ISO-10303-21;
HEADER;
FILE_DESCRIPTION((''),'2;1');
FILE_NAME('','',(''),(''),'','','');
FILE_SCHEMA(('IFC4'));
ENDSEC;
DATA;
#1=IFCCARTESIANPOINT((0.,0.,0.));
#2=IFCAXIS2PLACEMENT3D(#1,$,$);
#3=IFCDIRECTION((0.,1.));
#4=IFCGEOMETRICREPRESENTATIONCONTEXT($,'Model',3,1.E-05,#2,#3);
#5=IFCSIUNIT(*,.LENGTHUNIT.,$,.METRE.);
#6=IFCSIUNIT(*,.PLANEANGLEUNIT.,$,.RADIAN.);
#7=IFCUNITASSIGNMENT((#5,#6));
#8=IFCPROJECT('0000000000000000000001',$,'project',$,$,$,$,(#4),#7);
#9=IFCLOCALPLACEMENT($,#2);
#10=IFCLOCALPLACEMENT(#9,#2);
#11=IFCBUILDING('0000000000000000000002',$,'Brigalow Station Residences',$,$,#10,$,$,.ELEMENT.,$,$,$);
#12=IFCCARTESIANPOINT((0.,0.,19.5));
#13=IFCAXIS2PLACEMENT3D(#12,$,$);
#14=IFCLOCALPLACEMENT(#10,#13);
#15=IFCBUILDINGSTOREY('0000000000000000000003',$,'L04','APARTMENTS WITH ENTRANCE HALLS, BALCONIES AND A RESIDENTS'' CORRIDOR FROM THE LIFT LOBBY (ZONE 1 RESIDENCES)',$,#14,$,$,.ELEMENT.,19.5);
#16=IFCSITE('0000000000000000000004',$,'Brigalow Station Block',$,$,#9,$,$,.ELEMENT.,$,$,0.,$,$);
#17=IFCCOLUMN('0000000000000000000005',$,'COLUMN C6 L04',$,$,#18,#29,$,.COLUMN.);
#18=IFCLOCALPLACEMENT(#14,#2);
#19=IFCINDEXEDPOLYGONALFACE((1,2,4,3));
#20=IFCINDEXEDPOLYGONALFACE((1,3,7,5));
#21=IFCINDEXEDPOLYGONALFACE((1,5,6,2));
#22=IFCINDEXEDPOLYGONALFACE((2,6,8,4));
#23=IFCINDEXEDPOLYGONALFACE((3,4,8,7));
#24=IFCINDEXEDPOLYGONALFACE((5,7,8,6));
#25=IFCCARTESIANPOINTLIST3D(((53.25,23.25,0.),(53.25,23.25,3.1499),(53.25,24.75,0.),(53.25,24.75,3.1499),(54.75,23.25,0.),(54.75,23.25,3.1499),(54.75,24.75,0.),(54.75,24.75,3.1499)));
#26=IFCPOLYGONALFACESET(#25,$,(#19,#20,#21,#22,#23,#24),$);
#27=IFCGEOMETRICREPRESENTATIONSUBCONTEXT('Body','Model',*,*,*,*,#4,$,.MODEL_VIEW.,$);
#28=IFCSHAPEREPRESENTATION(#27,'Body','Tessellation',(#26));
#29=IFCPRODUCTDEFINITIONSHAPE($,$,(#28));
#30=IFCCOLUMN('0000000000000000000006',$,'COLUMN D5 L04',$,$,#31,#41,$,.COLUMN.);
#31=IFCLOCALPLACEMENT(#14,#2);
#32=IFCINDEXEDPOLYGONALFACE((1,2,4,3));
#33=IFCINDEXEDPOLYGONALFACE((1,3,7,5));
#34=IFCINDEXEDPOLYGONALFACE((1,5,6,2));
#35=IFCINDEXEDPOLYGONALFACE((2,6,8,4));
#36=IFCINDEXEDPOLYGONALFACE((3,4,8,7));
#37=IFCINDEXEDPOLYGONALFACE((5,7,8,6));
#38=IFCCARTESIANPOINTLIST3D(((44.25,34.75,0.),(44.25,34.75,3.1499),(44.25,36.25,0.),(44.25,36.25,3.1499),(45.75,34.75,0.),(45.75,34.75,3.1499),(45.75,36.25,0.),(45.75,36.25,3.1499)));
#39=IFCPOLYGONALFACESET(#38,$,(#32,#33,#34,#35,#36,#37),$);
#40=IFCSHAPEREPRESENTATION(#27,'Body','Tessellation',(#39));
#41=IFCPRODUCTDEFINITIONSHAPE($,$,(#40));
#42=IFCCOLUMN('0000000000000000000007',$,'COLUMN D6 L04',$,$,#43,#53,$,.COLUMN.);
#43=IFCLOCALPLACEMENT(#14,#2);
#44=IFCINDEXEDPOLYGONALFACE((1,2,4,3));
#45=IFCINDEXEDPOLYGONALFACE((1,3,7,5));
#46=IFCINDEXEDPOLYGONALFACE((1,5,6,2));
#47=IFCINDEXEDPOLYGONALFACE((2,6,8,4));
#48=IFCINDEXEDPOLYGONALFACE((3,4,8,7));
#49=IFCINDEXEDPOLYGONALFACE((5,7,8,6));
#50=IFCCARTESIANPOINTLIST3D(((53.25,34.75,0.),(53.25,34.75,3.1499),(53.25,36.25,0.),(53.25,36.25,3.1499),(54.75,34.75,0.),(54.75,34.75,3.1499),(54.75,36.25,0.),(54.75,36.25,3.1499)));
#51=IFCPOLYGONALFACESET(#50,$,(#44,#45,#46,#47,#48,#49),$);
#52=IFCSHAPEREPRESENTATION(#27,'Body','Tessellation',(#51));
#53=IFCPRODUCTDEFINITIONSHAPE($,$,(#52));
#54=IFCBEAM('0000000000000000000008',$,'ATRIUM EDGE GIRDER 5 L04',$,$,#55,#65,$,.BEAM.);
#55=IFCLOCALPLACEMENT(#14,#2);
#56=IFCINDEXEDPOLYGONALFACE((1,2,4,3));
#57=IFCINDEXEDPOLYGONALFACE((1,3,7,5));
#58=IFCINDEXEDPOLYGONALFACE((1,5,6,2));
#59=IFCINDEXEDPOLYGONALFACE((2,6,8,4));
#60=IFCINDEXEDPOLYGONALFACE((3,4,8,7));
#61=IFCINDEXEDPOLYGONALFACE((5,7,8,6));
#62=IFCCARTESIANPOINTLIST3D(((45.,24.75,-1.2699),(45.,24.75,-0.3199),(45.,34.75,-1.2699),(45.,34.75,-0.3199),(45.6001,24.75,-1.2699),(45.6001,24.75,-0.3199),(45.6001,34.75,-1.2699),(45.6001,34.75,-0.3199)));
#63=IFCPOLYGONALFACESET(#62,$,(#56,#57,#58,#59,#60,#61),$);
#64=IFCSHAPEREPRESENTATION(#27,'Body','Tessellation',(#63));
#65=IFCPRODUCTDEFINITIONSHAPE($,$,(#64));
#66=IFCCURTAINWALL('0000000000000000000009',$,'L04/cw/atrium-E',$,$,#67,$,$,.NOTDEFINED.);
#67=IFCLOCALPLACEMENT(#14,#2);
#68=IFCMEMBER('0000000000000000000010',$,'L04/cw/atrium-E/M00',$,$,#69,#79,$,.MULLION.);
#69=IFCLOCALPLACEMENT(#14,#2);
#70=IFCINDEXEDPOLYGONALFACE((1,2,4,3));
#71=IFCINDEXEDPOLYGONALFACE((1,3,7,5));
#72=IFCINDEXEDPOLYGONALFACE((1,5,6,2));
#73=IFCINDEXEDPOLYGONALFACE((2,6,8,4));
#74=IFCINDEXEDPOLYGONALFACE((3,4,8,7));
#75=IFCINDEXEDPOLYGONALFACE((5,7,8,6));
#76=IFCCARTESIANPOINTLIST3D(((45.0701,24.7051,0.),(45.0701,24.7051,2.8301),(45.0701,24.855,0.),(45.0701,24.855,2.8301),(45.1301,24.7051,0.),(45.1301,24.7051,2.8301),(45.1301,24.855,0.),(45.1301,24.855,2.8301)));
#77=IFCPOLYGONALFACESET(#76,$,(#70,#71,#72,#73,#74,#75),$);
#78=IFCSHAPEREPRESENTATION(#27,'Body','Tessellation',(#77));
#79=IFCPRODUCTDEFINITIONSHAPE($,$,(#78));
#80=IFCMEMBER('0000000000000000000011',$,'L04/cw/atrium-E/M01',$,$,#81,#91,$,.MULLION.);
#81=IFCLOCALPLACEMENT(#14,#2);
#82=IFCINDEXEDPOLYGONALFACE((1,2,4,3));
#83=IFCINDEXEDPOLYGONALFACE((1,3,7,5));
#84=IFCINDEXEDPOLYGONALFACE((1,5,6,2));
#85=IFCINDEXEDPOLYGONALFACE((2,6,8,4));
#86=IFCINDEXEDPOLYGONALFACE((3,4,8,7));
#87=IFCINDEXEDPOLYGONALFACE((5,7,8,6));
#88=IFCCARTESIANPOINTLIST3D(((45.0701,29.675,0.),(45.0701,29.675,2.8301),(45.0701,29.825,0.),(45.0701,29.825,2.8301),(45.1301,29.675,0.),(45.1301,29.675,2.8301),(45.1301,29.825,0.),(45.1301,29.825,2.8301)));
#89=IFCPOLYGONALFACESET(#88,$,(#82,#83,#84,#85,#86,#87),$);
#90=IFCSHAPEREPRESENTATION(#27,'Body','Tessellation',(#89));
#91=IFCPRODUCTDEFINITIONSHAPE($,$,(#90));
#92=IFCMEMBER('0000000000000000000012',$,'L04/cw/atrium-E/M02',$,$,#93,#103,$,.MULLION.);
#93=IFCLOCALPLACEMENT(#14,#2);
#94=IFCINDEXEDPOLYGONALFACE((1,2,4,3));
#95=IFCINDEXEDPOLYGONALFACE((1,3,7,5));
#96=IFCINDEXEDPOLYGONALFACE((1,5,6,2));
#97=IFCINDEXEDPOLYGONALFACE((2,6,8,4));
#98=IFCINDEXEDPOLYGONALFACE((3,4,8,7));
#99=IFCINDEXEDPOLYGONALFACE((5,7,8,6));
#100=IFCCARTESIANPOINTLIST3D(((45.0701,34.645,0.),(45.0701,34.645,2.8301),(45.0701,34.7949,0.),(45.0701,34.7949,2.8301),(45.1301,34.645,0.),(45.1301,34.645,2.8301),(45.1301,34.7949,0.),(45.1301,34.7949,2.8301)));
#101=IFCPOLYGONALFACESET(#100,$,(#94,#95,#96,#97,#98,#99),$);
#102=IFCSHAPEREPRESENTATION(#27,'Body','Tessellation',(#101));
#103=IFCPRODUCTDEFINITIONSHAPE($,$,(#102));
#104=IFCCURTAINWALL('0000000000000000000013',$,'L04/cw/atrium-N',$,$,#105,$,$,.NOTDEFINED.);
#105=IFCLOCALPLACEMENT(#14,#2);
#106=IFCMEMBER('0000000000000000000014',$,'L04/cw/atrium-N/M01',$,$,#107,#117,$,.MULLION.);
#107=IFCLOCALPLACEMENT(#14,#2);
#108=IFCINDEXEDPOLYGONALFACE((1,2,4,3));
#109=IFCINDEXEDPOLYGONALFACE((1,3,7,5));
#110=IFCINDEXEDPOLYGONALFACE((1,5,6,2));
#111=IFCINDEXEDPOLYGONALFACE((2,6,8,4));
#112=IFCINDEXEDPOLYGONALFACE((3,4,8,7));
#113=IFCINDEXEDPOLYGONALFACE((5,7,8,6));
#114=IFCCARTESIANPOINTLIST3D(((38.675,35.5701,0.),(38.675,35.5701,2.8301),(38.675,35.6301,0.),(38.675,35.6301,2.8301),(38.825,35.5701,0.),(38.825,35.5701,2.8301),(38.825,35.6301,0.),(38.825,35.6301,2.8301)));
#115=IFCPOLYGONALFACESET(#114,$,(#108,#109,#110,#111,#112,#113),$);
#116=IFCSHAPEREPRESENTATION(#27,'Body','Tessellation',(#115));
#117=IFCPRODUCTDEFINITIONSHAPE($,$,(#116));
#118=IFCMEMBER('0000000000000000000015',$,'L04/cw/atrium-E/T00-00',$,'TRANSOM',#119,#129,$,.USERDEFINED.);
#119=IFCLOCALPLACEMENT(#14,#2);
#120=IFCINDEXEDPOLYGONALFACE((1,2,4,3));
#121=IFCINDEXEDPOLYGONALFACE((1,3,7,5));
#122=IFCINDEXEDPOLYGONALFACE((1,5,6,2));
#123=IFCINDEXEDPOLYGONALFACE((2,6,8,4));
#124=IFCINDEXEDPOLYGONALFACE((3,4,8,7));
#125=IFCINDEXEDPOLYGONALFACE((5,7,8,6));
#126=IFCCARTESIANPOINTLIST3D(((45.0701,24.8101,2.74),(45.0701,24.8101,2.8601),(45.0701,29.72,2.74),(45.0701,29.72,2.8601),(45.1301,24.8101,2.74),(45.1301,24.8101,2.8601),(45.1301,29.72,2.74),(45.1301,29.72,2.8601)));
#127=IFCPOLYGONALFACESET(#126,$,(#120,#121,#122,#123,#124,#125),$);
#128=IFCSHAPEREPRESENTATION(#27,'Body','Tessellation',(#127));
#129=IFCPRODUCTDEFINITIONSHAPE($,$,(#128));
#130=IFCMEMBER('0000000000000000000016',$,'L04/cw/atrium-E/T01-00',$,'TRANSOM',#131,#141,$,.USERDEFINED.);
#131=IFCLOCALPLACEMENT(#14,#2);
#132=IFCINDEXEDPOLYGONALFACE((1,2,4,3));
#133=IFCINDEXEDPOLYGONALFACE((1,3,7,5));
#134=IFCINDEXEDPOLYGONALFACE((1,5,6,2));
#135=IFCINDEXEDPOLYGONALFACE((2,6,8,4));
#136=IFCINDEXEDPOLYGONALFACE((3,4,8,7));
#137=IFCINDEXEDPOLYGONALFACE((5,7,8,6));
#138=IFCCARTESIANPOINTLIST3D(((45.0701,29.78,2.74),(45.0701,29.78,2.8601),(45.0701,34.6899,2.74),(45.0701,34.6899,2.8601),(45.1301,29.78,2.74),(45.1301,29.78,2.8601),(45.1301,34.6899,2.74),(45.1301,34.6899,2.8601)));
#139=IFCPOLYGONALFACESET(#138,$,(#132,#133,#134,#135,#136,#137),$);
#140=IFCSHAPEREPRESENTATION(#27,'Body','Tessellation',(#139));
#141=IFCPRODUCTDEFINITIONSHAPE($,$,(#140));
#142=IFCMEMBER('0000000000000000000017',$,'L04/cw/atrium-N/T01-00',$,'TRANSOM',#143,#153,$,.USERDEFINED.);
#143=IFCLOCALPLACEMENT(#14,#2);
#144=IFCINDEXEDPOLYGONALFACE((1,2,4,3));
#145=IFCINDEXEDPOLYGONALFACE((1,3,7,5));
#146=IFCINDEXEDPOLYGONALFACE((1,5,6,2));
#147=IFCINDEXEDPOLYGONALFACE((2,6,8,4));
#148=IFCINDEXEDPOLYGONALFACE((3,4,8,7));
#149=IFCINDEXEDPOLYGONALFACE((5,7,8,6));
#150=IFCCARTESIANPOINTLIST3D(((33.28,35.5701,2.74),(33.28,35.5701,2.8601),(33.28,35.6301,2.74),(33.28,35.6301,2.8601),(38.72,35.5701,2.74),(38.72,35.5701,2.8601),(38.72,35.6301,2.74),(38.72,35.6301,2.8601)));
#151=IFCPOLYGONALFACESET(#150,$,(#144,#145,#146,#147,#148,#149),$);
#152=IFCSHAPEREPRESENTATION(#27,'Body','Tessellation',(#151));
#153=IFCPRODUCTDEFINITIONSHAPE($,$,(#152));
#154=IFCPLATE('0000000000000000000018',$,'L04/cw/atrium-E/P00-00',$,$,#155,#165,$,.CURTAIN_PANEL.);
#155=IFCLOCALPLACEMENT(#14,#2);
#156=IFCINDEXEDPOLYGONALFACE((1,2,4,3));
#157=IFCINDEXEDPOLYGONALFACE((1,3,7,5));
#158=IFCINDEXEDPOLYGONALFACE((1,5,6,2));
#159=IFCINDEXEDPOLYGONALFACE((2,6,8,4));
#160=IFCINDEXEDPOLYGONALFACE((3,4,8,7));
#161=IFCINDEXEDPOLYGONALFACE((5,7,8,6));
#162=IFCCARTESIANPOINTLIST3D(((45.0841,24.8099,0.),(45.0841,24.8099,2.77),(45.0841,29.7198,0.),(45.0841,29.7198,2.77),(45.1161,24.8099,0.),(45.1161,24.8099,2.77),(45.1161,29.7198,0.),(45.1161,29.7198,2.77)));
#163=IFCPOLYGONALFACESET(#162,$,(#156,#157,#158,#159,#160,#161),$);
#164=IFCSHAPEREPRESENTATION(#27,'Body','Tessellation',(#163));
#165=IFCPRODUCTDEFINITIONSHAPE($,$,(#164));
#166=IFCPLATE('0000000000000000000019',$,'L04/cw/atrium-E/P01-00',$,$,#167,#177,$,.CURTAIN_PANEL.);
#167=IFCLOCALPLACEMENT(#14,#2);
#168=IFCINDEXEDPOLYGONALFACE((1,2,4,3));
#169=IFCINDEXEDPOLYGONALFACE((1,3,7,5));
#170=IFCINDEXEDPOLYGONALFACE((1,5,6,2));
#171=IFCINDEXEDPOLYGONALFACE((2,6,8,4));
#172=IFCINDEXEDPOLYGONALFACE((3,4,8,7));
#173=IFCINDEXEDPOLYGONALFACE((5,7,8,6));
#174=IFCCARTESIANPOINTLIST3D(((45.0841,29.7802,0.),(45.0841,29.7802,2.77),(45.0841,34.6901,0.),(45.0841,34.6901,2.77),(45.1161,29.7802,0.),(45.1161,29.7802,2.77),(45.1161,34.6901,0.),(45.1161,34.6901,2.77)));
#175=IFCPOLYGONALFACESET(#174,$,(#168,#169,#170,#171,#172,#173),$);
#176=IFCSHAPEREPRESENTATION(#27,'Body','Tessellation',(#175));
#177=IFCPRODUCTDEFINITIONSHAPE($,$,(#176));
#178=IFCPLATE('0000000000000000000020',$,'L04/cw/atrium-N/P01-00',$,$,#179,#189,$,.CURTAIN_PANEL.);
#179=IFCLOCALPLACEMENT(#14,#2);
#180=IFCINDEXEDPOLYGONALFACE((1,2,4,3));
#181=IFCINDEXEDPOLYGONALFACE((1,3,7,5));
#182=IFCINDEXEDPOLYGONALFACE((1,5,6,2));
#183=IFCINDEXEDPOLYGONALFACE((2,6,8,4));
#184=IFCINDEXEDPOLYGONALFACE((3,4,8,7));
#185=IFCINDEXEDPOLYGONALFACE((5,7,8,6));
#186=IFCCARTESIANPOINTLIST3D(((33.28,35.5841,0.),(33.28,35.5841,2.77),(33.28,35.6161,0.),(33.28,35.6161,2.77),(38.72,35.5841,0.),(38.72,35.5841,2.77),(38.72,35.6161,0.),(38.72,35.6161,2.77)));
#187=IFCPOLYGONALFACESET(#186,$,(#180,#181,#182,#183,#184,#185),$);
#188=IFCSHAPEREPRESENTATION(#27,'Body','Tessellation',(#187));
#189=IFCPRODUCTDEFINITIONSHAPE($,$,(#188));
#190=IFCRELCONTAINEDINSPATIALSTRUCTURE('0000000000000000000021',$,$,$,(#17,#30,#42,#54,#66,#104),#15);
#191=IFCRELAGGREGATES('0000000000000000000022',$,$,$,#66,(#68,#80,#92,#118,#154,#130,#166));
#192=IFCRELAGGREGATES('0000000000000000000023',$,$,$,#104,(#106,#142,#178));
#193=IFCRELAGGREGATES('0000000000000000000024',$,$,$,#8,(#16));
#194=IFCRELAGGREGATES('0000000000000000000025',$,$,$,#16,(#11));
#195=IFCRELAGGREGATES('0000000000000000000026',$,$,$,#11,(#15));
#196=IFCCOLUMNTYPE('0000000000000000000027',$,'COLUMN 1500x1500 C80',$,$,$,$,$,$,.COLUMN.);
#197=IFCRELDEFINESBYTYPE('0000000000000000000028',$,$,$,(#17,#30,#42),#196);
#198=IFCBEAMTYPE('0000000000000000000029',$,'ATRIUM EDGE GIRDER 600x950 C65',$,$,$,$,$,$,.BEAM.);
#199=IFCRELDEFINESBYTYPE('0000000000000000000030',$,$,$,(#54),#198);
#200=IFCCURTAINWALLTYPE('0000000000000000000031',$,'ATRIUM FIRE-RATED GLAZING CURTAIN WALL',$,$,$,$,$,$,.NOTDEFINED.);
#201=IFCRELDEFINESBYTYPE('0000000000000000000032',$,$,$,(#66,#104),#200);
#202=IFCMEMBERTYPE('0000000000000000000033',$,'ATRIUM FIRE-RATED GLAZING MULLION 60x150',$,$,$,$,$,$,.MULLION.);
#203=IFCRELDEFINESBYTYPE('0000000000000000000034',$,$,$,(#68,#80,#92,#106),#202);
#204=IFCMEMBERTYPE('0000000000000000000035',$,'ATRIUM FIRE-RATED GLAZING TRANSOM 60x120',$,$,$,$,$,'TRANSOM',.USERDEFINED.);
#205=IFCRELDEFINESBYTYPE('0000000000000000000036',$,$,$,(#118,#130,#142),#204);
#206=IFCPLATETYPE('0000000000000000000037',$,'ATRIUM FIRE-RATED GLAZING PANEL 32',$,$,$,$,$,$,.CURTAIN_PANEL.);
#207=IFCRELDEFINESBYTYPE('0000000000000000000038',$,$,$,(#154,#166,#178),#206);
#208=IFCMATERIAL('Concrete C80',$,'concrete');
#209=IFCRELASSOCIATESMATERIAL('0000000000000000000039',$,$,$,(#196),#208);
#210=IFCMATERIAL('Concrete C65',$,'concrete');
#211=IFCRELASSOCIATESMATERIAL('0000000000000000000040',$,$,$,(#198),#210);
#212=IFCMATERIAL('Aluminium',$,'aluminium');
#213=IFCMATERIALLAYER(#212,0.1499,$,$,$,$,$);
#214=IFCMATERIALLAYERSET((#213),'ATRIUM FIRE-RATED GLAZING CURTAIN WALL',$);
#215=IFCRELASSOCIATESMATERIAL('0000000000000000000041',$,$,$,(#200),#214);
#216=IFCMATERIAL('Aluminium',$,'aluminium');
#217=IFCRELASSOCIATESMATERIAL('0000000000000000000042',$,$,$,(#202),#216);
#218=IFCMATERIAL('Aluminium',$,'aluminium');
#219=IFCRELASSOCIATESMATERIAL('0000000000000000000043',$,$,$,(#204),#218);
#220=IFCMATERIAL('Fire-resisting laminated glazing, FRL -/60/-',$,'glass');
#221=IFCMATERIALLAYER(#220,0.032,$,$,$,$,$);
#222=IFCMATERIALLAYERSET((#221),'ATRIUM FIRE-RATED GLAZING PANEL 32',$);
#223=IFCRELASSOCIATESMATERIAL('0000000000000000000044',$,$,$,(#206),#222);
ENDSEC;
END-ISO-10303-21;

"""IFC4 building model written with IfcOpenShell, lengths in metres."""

from ifc_helpers import new_model, si_unit, direction, frame, origin, origin_2d, place, context, subcontext, project, spatial, rectangle, extrude, material, layer, layer_set, material_profile, profile_set, type_object, element, aggregate, save


model = new_model("IFC4")

# Units and contexts
model_context = context("Model", 3, precision=1e-05, world=origin(), true_north=direction((0.0, 1.0)))
body_context = subcontext(model_context, "Body", "Model", "MODEL_VIEW")
ifc_project = project(units=[si_unit("LENGTHUNIT", "METRE"), si_unit("PLANEANGLEUNIT", "RADIAN")], contexts=[model_context])

# Site, building, storey
site_placement = place(None, origin())
site = spatial("IfcSite", under=ifc_project, at=site_placement, Name="Brigalow Station Block", CompositionType="ELEMENT", RefElevation=0.0)
building_placement = place(site_placement, origin())
building = spatial("IfcBuilding", under=site, at=building_placement, Name="Brigalow Station Residences", CompositionType="ELEMENT")
storey_placement = place(building_placement, frame((0.0, 0.0, 19.5)))
storey = spatial("IfcBuildingStorey", under=building, at=storey_placement, Name="L04", Description="APARTMENTS WITH ENTRANCE HALLS, BALCONIES AND A RESIDENTS' CORRIDOR FROM THE LIFT LOBBY (ZONE 1 RESIDENCES)", CompositionType="ELEMENT", Elevation=19.5)

# Columns
ifc_material_1 = material(Name="Concrete C80", Category="concrete")
ifc_material_profile_1 = material_profile(ifc_material_1, rectangle(XDim=1.5, YDim=1.5, at=origin_2d()), Name="RC1500x1500")
ifc_profile_set_1 = profile_set([ifc_material_profile_1], Name="Concrete C80")
column_type = type_object("IfcColumnType", Name="COLUMN 1500x1500 C80", PredefinedType="COLUMN", material=ifc_profile_set_1)
for number, where, z_axis, x_axis, name in (
    (1, (54.0, 24.0, 0.0), (0.0, 0.0, 1.0), (1.0, 0.0, 0.0), "COLUMN C6 L04"),
    (2, (45.0, 35.5, 0.0), (0.0, 0.0, 1.0), (1.0, 0.0, 0.0), "COLUMN D5 L04"),
    (3, (54.0, 35.5, 0.0), (0.0, 0.0, 1.0), (1.0, 0.0, 0.0), "COLUMN D6 L04"),
):
    element("IfcColumn", number, at=place(storey_placement, frame(where, z_axis=z_axis, x_axis=x_axis)), inside=storey, type_object=column_type, Name=name, PredefinedType="COLUMN", context=body_context, shape_type="SweptSolid", body=[
        extrude(rectangle(XDim=1.5, YDim=1.5, at=origin_2d()), origin(), (0.0, 0.0, 1.0), 3.1499),
    ])

# Beam
ifc_material_2 = material(Name="Concrete C65", Category="concrete")
ifc_material_profile_2 = material_profile(ifc_material_2, rectangle(XDim=0.6001, YDim=0.95, at=origin_2d()), Name="RC600x950")
ifc_profile_set_2 = profile_set([ifc_material_profile_2], Name="Concrete C65")
beam_type = type_object("IfcBeamType", Name="ATRIUM EDGE GIRDER 600x950 C65", PredefinedType="BEAM", material=ifc_profile_set_2)
beam_placement = place(storey_placement, frame((45.3, 24.75, -0.7949), z_axis=(0.0, 1.0, 0.0), x_axis=(-1.0, 0.0, 0.0)))
element("IfcBeam", 4, at=beam_placement, inside=storey, type_object=beam_type, Name="ATRIUM EDGE GIRDER 5 L04", PredefinedType="BEAM", context=body_context, shape_type="SweptSolid", body=[
    extrude(rectangle(XDim=0.6001, YDim=0.95, at=origin_2d()), origin(), (0.0, 0.0, 1.0), 10.0),
])

# Curtain wall, members
ifc_material_3 = material(Name="Aluminium", Category="aluminium")
ifc_layer_1 = layer(ifc_material_3, 0.1499)
ifc_layer_set_1 = layer_set([ifc_layer_1], Name="ATRIUM FIRE-RATED GLAZING CURTAIN WALL")
curtain_wall_type = type_object("IfcCurtainWallType", Name="ATRIUM FIRE-RATED GLAZING CURTAIN WALL", PredefinedType="NOTDEFINED", material=ifc_layer_set_1)
curtain_wall_1_placement = place(storey_placement, origin())
curtain_wall_1 = element("IfcCurtainWall", 5, at=curtain_wall_1_placement, inside=storey, type_object=curtain_wall_type, Name="L04/cw/atrium-E", PredefinedType="NOTDEFINED")
ifc_material_4 = material(Name="Aluminium", Category="aluminium")
ifc_material_profile_3 = material_profile(ifc_material_4, rectangle(XDim=0.0601, YDim=0.1499, at=origin_2d()), Name="ATRIUM FIRE-RATED GLAZING MULLION 60x150")
ifc_profile_set_3 = profile_set([ifc_material_profile_3], Name="Aluminium")
member_type_1 = type_object("IfcMemberType", Name="ATRIUM FIRE-RATED GLAZING MULLION 60x150", PredefinedType="MULLION", material=ifc_profile_set_3)
member_1_placement = place(storey_placement, frame((45.1001, 24.78, 0.0), z_axis=(0.0, 0.0, 1.0), x_axis=(-1.0, 0.0, 0.0)))
member_1 = element("IfcMember", 6, at=member_1_placement, type_object=member_type_1, Name="L04/cw/atrium-E/M00", PredefinedType="MULLION", context=body_context, shape_type="SweptSolid", body=[
    extrude(rectangle(XDim=0.0601, YDim=0.1499, at=origin_2d()), origin(), (0.0, 0.0, 1.0), 2.8301),
])
member_2_placement = place(storey_placement, frame((45.1001, 29.75, 0.0), z_axis=(0.0, 0.0, 1.0), x_axis=(-1.0, 0.0, 0.0)))
member_2 = element("IfcMember", 7, at=member_2_placement, type_object=member_type_1, Name="L04/cw/atrium-E/M01", PredefinedType="MULLION", context=body_context, shape_type="SweptSolid", body=[
    extrude(rectangle(XDim=0.0601, YDim=0.1499, at=origin_2d()), origin(), (0.0, 0.0, 1.0), 2.8301),
])
member_3_placement = place(storey_placement, frame((45.1001, 34.72, 0.0), z_axis=(0.0, 0.0, 1.0), x_axis=(-1.0, 0.0, 0.0)))
member_3 = element("IfcMember", 8, at=member_3_placement, type_object=member_type_1, Name="L04/cw/atrium-E/M02", PredefinedType="MULLION", context=body_context, shape_type="SweptSolid", body=[
    extrude(rectangle(XDim=0.0601, YDim=0.1499, at=origin_2d()), origin(), (0.0, 0.0, 1.0), 2.8301),
])

# Curtain wall, member
curtain_wall_2_placement = place(storey_placement, origin())
curtain_wall_2 = element("IfcCurtainWall", 9, at=curtain_wall_2_placement, inside=storey, type_object=curtain_wall_type, Name="L04/cw/atrium-N", PredefinedType="NOTDEFINED")
member_4_placement = place(storey_placement, frame((38.75, 35.6001, 0.0), z_axis=(0.0, 0.0, 1.0), x_axis=(0.0, -1.0, 0.0)))
member_4 = element("IfcMember", 10, at=member_4_placement, type_object=member_type_1, Name="L04/cw/atrium-N/M01", PredefinedType="MULLION", context=body_context, shape_type="SweptSolid", body=[
    extrude(rectangle(XDim=0.0601, YDim=0.1499, at=origin_2d()), origin(), (0.0, 0.0, 1.0), 2.8301),
])

# Members
ifc_material_5 = material(Name="Aluminium", Category="aluminium")
ifc_material_profile_4 = material_profile(ifc_material_5, rectangle(XDim=0.0601, YDim=0.1201, at=origin_2d()), Name="ATRIUM FIRE-RATED GLAZING TRANSOM 60x120")
ifc_profile_set_4 = profile_set([ifc_material_profile_4], Name="Aluminium")
member_type_2 = type_object("IfcMemberType", Name="ATRIUM FIRE-RATED GLAZING TRANSOM 60x120", ElementType="TRANSOM", PredefinedType="USERDEFINED", material=ifc_profile_set_4)
member_5_placement = place(storey_placement, frame((45.1001, 24.8101, 2.8), z_axis=(0.0, 1.0, 0.0), x_axis=(-1.0, 0.0, 0.0)))
member_5 = element("IfcMember", 11, at=member_5_placement, type_object=member_type_2, Name="L04/cw/atrium-E/T00-00", ObjectType="TRANSOM", PredefinedType="USERDEFINED", context=body_context, shape_type="SweptSolid", body=[
    extrude(rectangle(XDim=0.0601, YDim=0.1201, at=origin_2d()), origin(), (0.0, 0.0, 1.0), 4.9099),
])
member_6_placement = place(storey_placement, frame((45.1001, 29.78, 2.8), z_axis=(0.0, 1.0, 0.0), x_axis=(-1.0, 0.0, 0.0)))
member_6 = element("IfcMember", 12, at=member_6_placement, type_object=member_type_2, Name="L04/cw/atrium-E/T01-00", ObjectType="TRANSOM", PredefinedType="USERDEFINED", context=body_context, shape_type="SweptSolid", body=[
    extrude(rectangle(XDim=0.0601, YDim=0.1201, at=origin_2d()), origin(), (0.0, 0.0, 1.0), 4.9099),
])
member_7_placement = place(storey_placement, frame((38.72, 35.6001, 2.8), z_axis=(-1.0, 0.0, 0.0), x_axis=(0.0, -1.0, 0.0)))
member_7 = element("IfcMember", 13, at=member_7_placement, type_object=member_type_2, Name="L04/cw/atrium-N/T01-00", ObjectType="TRANSOM", PredefinedType="USERDEFINED", context=body_context, shape_type="SweptSolid", body=[
    extrude(rectangle(XDim=0.0601, YDim=0.1201, at=origin_2d()), origin(), (0.0, 0.0, 1.0), 5.4399),
])

# Plates
ifc_material_6 = material(Name="Fire-resisting laminated glazing, FRL -/60/-", Category="glass")
ifc_layer_2 = layer(ifc_material_6, 0.032)
ifc_layer_set_2 = layer_set([ifc_layer_2], Name="ATRIUM FIRE-RATED GLAZING PANEL 32")
plate_type = type_object("IfcPlateType", Name="ATRIUM FIRE-RATED GLAZING PANEL 32", PredefinedType="CURTAIN_PANEL", material=ifc_layer_set_2)
plate_1_placement = place(storey_placement, frame((45.1001, 27.2649, 0.0), z_axis=(0.0, 0.0, 1.0), x_axis=(0.0, 1.0, 0.0)))
plate_1 = element("IfcPlate", 14, at=plate_1_placement, type_object=plate_type, Name="L04/cw/atrium-E/P00-00", PredefinedType="CURTAIN_PANEL", context=body_context, shape_type="SweptSolid", body=[
    extrude(rectangle(XDim=4.9099, YDim=0.032, at=origin_2d()), origin(), (0.0, 0.0, 1.0), 2.77),
])
plate_2_placement = place(storey_placement, frame((45.1001, 32.2351, 0.0), z_axis=(0.0, 0.0, 1.0), x_axis=(0.0, 1.0, 0.0)))
plate_2 = element("IfcPlate", 15, at=plate_2_placement, type_object=plate_type, Name="L04/cw/atrium-E/P01-00", PredefinedType="CURTAIN_PANEL", context=body_context, shape_type="SweptSolid", body=[
    extrude(rectangle(XDim=4.9099, YDim=0.032, at=origin_2d()), origin(), (0.0, 0.0, 1.0), 2.77),
])
aggregate(curtain_wall_1, [member_1, member_2, member_3, member_5, plate_1, member_6, plate_2])
plate_3_placement = place(storey_placement, frame((36.0, 35.6001, 0.0), z_axis=(0.0, 0.0, 1.0), x_axis=(-1.0, 0.0, 0.0)))
plate_3 = element("IfcPlate", 16, at=plate_3_placement, type_object=plate_type, Name="L04/cw/atrium-N/P01-00", PredefinedType="CURTAIN_PANEL", context=body_context, shape_type="SweptSolid", body=[
    extrude(rectangle(XDim=5.4399, YDim=0.032, at=origin_2d()), origin(), (0.0, 0.0, 1.0), 2.77),
])
aggregate(curtain_wall_2, [member_4, member_7, plate_3])

save(model, "model.ifc")
